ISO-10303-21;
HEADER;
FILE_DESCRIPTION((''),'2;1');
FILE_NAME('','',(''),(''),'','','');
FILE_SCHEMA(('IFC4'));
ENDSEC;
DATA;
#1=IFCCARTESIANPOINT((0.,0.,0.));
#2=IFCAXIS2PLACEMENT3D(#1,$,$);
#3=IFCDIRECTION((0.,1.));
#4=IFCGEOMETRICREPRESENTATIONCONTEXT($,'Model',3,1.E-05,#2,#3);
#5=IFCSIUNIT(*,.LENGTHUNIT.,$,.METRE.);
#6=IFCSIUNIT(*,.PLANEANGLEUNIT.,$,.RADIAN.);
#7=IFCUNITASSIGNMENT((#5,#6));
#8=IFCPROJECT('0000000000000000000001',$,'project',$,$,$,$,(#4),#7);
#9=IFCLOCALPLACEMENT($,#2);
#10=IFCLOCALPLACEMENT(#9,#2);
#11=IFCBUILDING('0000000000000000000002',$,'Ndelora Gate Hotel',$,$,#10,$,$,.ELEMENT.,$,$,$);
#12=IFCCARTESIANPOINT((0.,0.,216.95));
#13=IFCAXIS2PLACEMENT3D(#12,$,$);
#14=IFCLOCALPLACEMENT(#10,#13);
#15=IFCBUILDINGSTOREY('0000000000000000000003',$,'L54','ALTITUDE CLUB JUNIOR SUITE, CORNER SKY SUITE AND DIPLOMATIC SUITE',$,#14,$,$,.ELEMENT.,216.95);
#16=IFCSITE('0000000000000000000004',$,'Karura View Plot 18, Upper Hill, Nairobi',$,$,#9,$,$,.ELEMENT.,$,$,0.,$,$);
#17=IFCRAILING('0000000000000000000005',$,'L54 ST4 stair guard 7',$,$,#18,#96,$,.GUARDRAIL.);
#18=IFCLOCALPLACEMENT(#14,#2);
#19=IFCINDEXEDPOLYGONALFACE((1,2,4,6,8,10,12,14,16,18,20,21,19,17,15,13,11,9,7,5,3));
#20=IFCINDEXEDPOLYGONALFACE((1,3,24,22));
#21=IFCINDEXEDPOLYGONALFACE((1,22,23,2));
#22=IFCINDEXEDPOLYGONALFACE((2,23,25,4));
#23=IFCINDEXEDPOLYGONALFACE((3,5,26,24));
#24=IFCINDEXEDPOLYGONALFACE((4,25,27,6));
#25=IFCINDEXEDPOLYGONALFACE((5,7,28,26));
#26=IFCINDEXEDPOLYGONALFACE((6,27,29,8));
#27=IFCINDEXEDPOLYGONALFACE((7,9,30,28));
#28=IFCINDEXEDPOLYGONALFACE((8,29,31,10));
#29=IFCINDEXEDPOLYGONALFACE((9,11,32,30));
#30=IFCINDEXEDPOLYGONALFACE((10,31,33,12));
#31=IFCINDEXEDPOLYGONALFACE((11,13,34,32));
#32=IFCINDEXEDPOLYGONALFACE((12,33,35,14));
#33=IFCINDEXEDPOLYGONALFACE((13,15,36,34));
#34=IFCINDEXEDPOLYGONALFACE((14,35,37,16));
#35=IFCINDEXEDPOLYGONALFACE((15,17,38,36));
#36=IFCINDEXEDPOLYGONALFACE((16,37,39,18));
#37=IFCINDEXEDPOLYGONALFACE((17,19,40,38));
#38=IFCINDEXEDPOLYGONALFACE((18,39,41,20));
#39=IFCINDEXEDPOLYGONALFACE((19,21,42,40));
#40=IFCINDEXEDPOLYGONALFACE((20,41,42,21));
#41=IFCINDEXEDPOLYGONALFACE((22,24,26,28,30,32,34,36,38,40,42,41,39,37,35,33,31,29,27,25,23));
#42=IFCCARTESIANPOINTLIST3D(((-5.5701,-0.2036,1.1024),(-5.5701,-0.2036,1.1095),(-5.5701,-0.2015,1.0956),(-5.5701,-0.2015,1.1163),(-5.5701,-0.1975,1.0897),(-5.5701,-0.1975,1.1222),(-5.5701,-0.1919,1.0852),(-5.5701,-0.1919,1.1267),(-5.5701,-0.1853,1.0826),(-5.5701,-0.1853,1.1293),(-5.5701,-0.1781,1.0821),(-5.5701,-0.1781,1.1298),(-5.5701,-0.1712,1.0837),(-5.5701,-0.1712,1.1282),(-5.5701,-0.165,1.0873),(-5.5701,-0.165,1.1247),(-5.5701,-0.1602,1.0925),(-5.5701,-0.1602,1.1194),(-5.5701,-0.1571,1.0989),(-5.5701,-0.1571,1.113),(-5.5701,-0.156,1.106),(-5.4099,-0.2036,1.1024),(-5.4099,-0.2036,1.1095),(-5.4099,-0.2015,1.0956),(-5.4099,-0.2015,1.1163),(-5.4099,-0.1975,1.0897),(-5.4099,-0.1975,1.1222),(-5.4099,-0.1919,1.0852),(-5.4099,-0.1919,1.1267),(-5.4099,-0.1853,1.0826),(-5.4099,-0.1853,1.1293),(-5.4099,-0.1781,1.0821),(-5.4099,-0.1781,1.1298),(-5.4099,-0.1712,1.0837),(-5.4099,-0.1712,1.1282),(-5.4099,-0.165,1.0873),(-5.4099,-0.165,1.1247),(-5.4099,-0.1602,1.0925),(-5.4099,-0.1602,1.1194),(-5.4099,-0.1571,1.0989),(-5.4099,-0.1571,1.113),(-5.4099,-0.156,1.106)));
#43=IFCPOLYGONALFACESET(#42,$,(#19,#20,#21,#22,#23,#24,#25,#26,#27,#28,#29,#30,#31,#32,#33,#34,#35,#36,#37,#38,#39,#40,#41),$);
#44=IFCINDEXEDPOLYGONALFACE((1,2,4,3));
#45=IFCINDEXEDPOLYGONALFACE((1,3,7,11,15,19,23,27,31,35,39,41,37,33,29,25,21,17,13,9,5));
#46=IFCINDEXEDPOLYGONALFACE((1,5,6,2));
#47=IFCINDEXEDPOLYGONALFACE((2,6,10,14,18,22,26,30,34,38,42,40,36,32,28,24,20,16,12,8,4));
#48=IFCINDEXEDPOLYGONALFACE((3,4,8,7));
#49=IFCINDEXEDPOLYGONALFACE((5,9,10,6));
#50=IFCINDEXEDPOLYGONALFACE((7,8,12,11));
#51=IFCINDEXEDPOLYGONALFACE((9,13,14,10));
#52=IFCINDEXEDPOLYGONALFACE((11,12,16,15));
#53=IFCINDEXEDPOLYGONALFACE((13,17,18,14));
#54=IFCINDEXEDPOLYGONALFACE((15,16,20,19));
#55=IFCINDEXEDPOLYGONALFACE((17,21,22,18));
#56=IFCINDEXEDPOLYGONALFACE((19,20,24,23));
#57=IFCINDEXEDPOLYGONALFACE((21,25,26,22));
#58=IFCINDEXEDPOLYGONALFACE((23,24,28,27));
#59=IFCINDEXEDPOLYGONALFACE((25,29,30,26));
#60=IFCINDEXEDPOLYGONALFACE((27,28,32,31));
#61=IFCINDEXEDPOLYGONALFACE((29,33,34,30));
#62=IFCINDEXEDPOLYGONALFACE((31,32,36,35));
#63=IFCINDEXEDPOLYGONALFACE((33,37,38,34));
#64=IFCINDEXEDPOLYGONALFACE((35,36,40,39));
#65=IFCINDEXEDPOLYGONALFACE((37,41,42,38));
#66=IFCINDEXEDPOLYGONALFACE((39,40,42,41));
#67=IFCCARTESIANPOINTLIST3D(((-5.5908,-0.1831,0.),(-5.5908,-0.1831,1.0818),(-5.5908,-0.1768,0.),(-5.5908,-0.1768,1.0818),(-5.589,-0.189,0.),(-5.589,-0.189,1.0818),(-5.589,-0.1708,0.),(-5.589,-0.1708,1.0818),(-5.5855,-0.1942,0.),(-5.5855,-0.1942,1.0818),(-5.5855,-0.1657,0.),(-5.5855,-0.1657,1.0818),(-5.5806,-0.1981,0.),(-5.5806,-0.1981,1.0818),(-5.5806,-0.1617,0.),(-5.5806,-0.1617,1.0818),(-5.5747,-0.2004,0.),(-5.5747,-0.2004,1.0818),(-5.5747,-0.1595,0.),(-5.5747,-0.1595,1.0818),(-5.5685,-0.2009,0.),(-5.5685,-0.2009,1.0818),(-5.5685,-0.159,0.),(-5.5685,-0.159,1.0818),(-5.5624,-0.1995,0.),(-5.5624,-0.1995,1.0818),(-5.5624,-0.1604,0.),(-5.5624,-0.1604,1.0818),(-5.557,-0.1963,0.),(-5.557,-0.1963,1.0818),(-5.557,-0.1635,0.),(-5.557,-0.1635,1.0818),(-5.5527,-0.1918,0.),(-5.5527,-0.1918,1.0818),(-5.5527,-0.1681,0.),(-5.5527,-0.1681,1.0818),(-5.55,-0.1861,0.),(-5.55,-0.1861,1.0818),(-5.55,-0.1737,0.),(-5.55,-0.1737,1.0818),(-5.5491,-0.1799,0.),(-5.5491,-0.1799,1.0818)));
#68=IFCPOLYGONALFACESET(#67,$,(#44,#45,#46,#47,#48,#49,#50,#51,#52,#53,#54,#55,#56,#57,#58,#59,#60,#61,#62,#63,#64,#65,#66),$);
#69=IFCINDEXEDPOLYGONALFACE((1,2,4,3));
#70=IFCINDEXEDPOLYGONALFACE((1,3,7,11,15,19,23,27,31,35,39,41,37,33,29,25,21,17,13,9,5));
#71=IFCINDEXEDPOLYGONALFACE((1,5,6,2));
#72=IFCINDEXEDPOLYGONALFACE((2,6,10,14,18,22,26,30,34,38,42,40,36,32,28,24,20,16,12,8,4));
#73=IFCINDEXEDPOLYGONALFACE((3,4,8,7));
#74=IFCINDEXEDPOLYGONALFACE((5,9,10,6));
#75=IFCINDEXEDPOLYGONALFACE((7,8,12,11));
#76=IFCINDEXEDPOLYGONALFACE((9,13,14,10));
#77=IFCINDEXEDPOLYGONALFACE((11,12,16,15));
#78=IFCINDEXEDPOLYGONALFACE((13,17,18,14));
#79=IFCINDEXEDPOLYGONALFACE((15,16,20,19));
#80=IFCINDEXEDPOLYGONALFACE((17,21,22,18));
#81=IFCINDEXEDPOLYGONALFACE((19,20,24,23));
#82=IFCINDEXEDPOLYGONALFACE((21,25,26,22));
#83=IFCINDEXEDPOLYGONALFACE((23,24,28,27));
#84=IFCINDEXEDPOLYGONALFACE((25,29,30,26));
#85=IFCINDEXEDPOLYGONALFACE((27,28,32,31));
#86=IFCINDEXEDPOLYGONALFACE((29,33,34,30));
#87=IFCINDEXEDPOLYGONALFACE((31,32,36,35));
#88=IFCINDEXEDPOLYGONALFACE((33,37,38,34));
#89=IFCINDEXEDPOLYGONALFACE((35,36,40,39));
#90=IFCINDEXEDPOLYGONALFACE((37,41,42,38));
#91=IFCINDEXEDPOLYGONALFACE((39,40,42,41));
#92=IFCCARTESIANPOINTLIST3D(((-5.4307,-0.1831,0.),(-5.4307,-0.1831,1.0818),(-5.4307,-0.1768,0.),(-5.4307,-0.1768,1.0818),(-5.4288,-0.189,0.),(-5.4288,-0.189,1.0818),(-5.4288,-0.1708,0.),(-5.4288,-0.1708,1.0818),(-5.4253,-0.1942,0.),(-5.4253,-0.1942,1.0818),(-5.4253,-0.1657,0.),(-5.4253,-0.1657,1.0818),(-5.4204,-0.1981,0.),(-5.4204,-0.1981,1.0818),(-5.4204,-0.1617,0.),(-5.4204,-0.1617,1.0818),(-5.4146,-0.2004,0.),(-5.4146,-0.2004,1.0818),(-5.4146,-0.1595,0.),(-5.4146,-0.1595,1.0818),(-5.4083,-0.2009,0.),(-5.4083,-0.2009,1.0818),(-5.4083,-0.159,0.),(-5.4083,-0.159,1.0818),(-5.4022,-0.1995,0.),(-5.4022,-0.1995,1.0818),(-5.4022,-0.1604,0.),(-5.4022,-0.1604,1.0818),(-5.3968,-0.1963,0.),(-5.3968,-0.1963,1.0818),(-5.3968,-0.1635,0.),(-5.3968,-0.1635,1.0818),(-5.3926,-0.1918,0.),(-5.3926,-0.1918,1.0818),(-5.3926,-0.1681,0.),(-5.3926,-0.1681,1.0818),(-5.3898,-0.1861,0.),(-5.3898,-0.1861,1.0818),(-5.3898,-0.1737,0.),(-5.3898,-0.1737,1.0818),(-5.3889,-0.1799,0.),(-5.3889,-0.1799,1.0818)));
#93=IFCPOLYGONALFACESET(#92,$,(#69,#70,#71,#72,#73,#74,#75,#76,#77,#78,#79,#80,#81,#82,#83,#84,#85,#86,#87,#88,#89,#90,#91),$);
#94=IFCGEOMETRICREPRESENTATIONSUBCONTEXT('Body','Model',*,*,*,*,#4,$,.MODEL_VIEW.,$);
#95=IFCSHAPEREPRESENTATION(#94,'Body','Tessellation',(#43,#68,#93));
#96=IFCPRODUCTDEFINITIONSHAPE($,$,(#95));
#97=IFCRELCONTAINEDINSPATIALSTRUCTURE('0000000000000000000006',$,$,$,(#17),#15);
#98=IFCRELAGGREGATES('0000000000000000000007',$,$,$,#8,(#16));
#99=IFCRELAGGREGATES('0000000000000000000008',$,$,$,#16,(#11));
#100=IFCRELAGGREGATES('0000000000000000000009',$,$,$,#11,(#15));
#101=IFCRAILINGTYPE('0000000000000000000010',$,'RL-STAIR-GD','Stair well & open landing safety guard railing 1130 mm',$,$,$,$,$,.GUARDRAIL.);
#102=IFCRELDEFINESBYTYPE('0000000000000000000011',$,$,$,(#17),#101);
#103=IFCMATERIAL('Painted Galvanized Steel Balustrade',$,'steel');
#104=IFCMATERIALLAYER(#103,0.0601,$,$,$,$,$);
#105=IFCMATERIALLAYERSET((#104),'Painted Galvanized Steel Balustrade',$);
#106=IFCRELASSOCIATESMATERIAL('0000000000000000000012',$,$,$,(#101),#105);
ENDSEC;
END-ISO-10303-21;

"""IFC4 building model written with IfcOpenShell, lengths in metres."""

from ifc_helpers import new_model, si_unit, direction, frame, origin, origin_2d, place, context, subcontext, project, spatial, circle, extrude, material, layer, layer_set, type_object, element, save


model = new_model("IFC4")

# Units and contexts
model_context = context("Model", 3, precision=1e-05, world=origin(), true_north=direction((0.0, 1.0)))
body_context = subcontext(model_context, "Body", "Model", "MODEL_VIEW")
ifc_project = project(units=[si_unit("LENGTHUNIT", "METRE"), si_unit("PLANEANGLEUNIT", "RADIAN")], contexts=[model_context])

# Site, building, storey
site_placement = place(None, origin())
site = spatial("IfcSite", under=ifc_project, at=site_placement, Name="Karura View Plot 18, Upper Hill, Nairobi", CompositionType="ELEMENT", RefElevation=0.0)
building_placement = place(site_placement, origin())
building = spatial("IfcBuilding", under=site, at=building_placement, Name="Ndelora Gate Hotel", CompositionType="ELEMENT")
storey_placement = place(building_placement, frame((0.0, 0.0, 216.95)))
storey = spatial("IfcBuildingStorey", under=building, at=storey_placement, Name="L54", Description="ALTITUDE CLUB JUNIOR SUITE, CORNER SKY SUITE AND DIPLOMATIC SUITE", CompositionType="ELEMENT", Elevation=216.95)

# Railing
ifc_material_1 = material(Name="Painted Galvanized Steel Balustrade", Category="steel")
ifc_layer_1 = layer(ifc_material_1, 0.0601)
ifc_layer_set_1 = layer_set([ifc_layer_1], Name="Painted Galvanized Steel Balustrade")
railing_type_1 = type_object("IfcRailingType", Name="RL-STAIR-GD", Description="Stair well & open landing safety guard railing 1130 mm", PredefinedType="GUARDRAIL", material=ifc_layer_set_1)
railing_1_placement = place(storey_placement, frame((-5.5701, -0.1799, 0.0)))
element("IfcRailing", 1, at=railing_1_placement, inside=storey, type_object=railing_type_1, Name="L54 ST4 stair guard 7", PredefinedType="GUARDRAIL", context=body_context, shape_type="SweptSolid", body=[
    extrude(circle(Radius=0.0239, at=origin_2d()), frame((0.0, 0.0, 1.106), z_axis=(1.0, 0.0, 0.0), x_axis=(0.0, 1.0, 0.0)), (0.0, 0.0, 1.0), 0.1602),
    extrude(circle(Radius=0.021, at=origin_2d()), origin(), (0.0, 0.0, 1.0), 1.0818),
    extrude(circle(Radius=0.021, at=origin_2d()), frame((0.1602, 0.0, 0.0)), (0.0, 0.0, 1.0), 1.0818),
])

save(model, "model.ifc")
